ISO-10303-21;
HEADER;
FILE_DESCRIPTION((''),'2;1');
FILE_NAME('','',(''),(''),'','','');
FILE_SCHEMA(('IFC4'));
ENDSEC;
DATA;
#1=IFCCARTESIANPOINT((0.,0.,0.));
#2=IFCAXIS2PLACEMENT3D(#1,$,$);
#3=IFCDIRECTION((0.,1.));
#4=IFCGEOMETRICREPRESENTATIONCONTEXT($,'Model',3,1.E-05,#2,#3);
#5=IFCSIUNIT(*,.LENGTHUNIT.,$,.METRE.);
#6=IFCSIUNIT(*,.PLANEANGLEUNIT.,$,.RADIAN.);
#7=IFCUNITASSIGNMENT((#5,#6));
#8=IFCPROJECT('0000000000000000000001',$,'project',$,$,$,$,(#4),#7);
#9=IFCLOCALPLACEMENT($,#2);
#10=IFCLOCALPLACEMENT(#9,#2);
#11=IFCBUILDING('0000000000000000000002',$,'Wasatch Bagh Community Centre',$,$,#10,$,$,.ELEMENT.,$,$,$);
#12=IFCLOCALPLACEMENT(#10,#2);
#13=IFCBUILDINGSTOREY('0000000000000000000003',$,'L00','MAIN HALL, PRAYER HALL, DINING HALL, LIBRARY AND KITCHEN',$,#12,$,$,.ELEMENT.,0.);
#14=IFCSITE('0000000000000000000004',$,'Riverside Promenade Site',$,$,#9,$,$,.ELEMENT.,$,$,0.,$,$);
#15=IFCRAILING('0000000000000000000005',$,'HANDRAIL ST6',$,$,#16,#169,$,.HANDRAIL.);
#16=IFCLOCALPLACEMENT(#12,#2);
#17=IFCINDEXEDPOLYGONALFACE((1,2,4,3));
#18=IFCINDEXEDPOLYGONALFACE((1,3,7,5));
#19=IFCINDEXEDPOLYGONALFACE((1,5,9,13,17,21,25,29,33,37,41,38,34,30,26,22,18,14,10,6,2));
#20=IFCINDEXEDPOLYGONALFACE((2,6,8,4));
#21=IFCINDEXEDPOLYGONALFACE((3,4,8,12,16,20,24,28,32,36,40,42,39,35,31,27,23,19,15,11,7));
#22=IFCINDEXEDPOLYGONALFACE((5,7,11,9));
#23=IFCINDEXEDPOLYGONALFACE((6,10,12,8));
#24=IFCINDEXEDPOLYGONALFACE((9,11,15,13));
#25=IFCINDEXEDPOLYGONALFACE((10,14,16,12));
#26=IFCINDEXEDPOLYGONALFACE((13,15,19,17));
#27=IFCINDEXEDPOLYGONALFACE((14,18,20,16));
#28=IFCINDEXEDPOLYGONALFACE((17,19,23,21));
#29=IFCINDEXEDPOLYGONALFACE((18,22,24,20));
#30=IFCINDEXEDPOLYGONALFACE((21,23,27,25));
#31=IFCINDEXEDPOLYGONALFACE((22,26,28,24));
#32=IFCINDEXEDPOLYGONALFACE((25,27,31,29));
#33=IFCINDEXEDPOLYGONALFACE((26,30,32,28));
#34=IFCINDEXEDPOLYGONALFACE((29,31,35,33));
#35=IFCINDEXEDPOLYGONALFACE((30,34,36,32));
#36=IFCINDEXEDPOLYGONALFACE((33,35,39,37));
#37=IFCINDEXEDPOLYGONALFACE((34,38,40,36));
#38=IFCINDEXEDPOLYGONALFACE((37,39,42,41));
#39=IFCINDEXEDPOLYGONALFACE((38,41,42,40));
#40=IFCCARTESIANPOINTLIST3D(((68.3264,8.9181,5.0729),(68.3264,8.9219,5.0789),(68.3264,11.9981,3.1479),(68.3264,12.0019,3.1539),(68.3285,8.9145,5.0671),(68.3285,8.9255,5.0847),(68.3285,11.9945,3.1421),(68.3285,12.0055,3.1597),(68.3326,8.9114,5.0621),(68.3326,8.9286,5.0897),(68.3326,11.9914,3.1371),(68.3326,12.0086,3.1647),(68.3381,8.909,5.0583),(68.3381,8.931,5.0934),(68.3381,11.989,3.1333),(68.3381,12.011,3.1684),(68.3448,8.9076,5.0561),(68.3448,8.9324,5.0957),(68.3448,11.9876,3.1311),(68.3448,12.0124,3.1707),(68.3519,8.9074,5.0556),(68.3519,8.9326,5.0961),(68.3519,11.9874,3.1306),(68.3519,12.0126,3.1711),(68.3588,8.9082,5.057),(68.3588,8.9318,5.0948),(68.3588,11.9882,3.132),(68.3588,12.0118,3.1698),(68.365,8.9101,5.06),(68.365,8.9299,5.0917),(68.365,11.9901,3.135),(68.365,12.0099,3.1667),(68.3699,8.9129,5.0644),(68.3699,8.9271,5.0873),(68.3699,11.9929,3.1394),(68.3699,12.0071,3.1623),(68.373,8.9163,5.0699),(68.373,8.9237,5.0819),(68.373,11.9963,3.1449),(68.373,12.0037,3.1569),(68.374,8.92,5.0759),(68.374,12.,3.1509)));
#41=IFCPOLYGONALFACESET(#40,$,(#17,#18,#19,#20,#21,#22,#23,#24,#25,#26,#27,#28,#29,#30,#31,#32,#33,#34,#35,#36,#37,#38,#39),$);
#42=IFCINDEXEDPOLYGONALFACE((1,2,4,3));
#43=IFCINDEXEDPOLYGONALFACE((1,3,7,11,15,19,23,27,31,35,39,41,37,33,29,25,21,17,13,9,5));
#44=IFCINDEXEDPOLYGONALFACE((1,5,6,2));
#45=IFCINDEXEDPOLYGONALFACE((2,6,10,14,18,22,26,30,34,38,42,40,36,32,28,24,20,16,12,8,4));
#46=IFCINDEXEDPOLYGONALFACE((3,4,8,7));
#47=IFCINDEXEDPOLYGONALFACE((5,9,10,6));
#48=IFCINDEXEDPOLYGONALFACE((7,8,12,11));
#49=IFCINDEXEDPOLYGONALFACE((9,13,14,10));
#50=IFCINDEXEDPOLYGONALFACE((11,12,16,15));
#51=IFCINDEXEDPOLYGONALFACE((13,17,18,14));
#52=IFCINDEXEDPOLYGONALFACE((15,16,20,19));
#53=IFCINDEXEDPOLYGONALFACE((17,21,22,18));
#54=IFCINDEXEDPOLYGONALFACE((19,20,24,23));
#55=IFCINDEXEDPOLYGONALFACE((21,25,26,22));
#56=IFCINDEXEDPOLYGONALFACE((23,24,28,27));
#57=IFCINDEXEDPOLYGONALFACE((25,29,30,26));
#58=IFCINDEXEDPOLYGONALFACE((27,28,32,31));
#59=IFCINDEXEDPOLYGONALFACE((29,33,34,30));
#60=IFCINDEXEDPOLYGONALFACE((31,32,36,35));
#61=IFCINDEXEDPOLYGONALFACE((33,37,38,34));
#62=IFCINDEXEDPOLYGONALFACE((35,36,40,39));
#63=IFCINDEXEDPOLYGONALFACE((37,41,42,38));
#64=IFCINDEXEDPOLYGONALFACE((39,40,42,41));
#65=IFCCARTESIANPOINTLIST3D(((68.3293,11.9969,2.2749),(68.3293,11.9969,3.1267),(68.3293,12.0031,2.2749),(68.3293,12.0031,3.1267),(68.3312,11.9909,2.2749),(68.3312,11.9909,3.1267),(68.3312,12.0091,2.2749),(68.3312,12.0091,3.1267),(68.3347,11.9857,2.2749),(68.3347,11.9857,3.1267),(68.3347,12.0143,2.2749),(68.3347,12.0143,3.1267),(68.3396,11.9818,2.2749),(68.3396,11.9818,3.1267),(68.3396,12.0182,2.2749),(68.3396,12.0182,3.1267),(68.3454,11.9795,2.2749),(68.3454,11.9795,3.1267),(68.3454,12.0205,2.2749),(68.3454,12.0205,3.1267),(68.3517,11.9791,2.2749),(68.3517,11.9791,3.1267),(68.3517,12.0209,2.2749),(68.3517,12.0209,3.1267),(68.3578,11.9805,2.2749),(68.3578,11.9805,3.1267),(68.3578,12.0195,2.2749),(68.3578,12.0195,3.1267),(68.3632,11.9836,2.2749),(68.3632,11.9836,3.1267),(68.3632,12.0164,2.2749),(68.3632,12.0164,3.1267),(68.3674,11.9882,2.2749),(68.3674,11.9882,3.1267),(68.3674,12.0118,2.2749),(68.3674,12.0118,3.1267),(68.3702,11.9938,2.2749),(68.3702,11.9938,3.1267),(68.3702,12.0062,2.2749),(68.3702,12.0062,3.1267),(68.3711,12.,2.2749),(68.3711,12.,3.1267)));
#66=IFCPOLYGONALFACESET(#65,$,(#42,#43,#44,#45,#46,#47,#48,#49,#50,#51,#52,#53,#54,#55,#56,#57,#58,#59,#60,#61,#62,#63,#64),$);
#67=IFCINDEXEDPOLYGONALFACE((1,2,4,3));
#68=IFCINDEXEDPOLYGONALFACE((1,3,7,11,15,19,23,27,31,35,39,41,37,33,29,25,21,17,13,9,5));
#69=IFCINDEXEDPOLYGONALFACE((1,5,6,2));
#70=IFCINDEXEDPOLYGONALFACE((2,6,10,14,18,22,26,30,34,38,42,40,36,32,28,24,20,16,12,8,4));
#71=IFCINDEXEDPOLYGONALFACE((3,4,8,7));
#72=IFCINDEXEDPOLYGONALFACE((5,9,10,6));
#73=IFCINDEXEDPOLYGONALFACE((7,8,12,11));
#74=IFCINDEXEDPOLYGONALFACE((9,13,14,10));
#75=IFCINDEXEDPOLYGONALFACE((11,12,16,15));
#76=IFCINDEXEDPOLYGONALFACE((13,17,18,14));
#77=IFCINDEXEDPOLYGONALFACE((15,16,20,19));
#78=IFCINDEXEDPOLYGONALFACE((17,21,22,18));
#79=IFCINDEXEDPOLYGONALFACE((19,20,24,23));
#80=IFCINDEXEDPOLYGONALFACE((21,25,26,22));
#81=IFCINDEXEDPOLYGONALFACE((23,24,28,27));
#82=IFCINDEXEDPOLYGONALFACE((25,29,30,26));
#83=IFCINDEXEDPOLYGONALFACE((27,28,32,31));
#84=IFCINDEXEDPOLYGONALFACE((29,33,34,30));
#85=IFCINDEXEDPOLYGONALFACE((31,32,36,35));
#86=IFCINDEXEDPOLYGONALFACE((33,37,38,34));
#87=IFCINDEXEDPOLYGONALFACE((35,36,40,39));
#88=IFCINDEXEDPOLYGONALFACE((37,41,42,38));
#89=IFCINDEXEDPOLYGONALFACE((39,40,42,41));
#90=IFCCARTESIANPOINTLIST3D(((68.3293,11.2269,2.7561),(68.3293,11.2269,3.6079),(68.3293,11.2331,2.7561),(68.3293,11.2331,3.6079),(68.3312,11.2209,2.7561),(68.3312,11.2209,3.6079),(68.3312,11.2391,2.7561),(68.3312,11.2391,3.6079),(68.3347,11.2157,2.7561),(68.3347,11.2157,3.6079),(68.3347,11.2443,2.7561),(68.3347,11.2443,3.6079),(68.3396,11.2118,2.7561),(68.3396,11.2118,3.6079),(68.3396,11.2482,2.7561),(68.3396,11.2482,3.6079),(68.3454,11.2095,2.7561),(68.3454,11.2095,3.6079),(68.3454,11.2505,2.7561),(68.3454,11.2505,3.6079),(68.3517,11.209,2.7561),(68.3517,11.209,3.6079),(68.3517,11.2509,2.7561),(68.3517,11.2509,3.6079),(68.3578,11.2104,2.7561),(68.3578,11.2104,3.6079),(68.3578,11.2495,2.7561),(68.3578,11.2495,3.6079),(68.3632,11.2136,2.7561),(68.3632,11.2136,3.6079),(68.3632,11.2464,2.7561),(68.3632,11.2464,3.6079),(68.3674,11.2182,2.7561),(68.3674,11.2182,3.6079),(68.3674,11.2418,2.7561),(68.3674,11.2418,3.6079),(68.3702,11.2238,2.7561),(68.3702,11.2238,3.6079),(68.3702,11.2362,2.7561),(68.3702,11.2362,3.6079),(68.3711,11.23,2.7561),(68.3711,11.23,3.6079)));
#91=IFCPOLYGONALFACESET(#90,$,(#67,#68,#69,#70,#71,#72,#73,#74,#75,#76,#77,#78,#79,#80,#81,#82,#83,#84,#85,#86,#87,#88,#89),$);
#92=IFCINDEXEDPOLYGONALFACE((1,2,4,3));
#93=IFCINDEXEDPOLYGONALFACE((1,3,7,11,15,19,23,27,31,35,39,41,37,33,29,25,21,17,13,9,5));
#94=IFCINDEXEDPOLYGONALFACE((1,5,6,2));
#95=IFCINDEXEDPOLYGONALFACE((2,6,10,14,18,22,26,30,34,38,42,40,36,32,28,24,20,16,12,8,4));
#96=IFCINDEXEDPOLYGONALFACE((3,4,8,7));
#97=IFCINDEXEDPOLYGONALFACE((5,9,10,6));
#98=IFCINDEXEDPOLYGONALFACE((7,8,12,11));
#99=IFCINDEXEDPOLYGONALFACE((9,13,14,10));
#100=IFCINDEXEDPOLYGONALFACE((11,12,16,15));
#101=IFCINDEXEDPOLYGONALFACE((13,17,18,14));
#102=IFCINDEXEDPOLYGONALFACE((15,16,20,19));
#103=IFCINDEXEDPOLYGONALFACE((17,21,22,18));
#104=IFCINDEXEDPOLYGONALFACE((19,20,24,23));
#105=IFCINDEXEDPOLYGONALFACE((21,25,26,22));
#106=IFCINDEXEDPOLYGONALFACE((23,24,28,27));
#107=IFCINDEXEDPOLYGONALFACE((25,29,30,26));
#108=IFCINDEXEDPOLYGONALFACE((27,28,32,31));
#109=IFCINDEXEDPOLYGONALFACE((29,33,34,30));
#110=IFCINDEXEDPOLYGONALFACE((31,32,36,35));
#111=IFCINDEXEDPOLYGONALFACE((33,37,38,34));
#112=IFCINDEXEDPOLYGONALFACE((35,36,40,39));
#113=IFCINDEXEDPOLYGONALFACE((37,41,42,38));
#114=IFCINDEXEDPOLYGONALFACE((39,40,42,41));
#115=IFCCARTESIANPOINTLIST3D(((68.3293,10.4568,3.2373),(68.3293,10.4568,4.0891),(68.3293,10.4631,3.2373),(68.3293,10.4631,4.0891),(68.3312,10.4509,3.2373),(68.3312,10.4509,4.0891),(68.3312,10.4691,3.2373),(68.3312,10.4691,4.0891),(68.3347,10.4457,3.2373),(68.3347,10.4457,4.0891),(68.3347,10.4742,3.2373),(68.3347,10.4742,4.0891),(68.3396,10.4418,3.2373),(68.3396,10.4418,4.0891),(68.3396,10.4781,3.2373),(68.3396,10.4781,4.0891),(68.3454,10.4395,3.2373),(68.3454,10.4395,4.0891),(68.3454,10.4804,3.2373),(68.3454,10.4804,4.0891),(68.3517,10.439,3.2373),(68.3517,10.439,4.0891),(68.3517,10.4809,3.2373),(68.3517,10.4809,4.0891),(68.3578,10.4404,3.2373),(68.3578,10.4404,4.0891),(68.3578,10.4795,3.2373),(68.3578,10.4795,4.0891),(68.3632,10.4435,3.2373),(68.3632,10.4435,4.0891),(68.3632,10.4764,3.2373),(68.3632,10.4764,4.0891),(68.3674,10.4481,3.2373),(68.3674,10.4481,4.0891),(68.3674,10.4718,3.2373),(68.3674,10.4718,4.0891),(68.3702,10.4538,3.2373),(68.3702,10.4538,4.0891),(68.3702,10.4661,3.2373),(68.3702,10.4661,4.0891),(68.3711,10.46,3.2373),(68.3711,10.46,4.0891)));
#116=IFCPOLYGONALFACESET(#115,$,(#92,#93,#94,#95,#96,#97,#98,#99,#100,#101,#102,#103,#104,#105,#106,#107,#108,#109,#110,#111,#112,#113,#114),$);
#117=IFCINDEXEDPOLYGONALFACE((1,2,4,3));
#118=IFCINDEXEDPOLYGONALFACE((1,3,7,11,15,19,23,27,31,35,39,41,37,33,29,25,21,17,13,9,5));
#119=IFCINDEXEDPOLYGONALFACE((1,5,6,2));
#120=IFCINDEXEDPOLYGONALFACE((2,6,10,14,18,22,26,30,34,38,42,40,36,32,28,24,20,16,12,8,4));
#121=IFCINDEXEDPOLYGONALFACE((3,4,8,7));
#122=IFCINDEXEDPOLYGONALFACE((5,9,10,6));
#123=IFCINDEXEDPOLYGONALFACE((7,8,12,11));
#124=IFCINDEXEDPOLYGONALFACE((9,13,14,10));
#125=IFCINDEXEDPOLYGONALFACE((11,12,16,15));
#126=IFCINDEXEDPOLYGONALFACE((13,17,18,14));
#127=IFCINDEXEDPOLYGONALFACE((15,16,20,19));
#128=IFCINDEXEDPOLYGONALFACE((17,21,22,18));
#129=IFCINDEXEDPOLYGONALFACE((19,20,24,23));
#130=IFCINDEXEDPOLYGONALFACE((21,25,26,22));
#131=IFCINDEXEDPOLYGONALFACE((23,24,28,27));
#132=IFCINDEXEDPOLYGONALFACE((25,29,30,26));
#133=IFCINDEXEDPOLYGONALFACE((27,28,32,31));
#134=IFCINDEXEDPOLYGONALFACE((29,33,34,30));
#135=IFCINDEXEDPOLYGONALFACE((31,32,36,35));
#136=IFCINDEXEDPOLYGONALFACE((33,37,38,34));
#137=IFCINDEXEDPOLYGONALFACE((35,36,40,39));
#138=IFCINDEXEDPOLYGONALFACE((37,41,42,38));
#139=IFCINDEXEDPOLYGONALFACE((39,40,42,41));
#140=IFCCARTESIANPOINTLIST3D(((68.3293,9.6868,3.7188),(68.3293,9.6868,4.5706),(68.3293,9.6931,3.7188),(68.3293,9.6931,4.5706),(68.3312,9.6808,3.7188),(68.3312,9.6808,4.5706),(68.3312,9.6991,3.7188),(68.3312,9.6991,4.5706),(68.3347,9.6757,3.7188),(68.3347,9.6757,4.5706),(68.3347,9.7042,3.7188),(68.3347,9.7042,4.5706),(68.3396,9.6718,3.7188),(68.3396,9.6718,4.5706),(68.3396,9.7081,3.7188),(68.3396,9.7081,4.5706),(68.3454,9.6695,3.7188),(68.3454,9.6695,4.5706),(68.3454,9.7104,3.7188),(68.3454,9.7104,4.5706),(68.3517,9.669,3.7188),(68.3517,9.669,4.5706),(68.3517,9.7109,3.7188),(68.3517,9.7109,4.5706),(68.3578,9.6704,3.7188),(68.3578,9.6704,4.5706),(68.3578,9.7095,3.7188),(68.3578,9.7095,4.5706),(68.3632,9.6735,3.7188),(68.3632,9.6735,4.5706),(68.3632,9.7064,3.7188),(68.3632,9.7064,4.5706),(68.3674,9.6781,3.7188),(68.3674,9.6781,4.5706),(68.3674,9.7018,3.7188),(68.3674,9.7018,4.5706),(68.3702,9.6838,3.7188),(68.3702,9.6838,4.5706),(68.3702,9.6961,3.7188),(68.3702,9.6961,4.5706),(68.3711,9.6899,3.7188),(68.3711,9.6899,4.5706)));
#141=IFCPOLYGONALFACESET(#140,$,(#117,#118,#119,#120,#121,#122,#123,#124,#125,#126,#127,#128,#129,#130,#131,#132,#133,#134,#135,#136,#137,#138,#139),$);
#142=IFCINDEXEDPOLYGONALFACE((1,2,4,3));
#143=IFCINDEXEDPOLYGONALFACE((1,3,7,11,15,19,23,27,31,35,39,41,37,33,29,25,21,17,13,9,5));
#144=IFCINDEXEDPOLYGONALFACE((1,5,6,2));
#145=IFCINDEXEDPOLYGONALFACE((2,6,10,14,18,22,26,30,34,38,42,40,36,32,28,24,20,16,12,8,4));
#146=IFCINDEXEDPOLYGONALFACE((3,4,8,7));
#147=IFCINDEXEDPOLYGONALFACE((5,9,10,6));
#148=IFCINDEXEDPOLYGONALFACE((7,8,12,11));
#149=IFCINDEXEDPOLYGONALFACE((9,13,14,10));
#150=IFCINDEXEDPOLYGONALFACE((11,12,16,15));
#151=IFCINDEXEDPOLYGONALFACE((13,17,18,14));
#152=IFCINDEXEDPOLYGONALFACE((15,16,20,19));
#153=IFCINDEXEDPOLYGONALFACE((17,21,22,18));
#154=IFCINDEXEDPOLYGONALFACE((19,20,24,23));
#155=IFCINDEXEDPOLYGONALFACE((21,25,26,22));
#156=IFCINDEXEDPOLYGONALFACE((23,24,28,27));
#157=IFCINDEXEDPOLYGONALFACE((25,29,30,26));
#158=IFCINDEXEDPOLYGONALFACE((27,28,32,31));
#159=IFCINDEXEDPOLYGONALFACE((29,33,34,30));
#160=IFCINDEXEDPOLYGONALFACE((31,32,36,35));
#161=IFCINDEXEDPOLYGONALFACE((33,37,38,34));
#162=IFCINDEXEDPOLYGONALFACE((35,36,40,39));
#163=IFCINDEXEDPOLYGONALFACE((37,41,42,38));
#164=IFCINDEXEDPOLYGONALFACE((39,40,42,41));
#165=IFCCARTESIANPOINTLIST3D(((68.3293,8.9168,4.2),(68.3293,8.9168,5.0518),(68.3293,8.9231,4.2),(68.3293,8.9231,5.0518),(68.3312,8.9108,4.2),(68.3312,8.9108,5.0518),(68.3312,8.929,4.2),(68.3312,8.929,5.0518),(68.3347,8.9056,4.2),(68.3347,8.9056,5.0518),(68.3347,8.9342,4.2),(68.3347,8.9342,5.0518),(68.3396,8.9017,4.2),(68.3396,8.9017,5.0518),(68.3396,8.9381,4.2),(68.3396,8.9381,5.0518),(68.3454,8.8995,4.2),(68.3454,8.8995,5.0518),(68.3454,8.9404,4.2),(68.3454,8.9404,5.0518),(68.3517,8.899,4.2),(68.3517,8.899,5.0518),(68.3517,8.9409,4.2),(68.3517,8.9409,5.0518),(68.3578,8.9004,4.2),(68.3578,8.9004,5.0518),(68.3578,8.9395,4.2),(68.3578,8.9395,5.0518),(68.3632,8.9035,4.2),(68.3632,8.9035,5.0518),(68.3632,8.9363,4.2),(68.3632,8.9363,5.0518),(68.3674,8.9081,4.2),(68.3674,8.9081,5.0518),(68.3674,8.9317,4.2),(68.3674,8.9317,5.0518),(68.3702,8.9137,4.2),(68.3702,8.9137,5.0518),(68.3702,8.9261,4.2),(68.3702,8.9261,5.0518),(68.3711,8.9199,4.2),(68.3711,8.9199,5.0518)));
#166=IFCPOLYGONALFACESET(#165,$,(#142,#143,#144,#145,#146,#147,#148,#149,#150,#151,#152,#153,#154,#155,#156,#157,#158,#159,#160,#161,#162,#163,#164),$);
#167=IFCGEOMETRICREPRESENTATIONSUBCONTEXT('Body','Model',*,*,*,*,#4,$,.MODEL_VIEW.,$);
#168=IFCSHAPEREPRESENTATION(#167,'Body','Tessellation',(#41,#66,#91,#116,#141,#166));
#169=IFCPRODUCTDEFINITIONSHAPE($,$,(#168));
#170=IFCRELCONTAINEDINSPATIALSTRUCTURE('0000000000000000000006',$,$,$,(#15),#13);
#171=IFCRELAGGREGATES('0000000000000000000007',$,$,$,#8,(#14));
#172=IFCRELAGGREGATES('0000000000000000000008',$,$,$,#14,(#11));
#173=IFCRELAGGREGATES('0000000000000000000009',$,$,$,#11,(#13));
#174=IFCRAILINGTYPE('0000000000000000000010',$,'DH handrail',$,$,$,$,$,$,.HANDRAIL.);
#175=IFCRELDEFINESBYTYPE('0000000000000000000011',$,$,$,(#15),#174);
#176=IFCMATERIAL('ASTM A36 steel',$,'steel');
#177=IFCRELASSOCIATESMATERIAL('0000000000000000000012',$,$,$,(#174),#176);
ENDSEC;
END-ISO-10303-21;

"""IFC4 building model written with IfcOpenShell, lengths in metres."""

from ifc_helpers import new_model, si_unit, direction, frame, origin, origin_2d, place, context, subcontext, project, spatial, circle, extrude, material, type_object, element, save


model = new_model("IFC4")

# Units and contexts
model_context = context("Model", 3, precision=1e-05, world=origin(), true_north=direction((0.0, 1.0)))
body_context = subcontext(model_context, "Body", "Model", "MODEL_VIEW")
ifc_project = project(units=[si_unit("LENGTHUNIT", "METRE"), si_unit("PLANEANGLEUNIT", "RADIAN")], contexts=[model_context])

# Site, building, storey
site_placement = place(None, origin())
site = spatial("IfcSite", under=ifc_project, at=site_placement, Name="Riverside Promenade Site", CompositionType="ELEMENT", RefElevation=0.0)
building_placement = place(site_placement, origin())
building = spatial("IfcBuilding", under=site, at=building_placement, Name="Wasatch Bagh Community Centre", CompositionType="ELEMENT")
storey_placement = place(building_placement, origin())
storey = spatial("IfcBuildingStorey", under=building, at=storey_placement, Name="L00", Description="MAIN HALL, PRAYER HALL, DINING HALL, LIBRARY AND KITCHEN", CompositionType="ELEMENT", Elevation=0.0)

# Railing
ifc_material_1 = material(Name="ASTM A36 steel", Category="steel")
railing_type_1 = type_object("IfcRailingType", Name="DH handrail", PredefinedType="HANDRAIL", material=ifc_material_1)
for number, where, name in (
    (1, (68.3501, 12.0, 2.2749), "HANDRAIL ST6"),
):
    element("IfcRailing", number, at=place(storey_placement, frame(where)), inside=storey, type_object=railing_type_1, Name=name, PredefinedType="HANDRAIL", context=body_context, shape_type="SweptSolid", body=[
        extrude(circle(Radius=0.0239, at=origin_2d()), frame((0.0, 0.0, 0.876), z_axis=(0.0, -0.847998, 0.529999), x_axis=(1.0, 0.0, 0.0)), (0.0, 0.0, 1.0), 3.6321),
        extrude(circle(Radius=0.021, at=origin_2d()), origin(), (0.0, 0.0, 1.0), 0.8518),
        extrude(circle(Radius=0.021, at=origin_2d()), frame((0.0, -0.77, 0.4812)), (0.0, 0.0, 1.0), 0.8518),
        extrude(circle(Radius=0.021, at=origin_2d()), frame((0.0, -1.54, 0.9624)), (0.0, 0.0, 1.0), 0.8518),
        extrude(circle(Radius=0.021, at=origin_2d()), frame((0.0, -2.3101, 1.4438)), (0.0, 0.0, 1.0), 0.8518),
        extrude(circle(Radius=0.021, at=origin_2d()), frame((0.0, -3.0801, 1.925)), (0.0, 0.0, 1.0), 0.8518),
    ])

save(model, "model.ifc")
